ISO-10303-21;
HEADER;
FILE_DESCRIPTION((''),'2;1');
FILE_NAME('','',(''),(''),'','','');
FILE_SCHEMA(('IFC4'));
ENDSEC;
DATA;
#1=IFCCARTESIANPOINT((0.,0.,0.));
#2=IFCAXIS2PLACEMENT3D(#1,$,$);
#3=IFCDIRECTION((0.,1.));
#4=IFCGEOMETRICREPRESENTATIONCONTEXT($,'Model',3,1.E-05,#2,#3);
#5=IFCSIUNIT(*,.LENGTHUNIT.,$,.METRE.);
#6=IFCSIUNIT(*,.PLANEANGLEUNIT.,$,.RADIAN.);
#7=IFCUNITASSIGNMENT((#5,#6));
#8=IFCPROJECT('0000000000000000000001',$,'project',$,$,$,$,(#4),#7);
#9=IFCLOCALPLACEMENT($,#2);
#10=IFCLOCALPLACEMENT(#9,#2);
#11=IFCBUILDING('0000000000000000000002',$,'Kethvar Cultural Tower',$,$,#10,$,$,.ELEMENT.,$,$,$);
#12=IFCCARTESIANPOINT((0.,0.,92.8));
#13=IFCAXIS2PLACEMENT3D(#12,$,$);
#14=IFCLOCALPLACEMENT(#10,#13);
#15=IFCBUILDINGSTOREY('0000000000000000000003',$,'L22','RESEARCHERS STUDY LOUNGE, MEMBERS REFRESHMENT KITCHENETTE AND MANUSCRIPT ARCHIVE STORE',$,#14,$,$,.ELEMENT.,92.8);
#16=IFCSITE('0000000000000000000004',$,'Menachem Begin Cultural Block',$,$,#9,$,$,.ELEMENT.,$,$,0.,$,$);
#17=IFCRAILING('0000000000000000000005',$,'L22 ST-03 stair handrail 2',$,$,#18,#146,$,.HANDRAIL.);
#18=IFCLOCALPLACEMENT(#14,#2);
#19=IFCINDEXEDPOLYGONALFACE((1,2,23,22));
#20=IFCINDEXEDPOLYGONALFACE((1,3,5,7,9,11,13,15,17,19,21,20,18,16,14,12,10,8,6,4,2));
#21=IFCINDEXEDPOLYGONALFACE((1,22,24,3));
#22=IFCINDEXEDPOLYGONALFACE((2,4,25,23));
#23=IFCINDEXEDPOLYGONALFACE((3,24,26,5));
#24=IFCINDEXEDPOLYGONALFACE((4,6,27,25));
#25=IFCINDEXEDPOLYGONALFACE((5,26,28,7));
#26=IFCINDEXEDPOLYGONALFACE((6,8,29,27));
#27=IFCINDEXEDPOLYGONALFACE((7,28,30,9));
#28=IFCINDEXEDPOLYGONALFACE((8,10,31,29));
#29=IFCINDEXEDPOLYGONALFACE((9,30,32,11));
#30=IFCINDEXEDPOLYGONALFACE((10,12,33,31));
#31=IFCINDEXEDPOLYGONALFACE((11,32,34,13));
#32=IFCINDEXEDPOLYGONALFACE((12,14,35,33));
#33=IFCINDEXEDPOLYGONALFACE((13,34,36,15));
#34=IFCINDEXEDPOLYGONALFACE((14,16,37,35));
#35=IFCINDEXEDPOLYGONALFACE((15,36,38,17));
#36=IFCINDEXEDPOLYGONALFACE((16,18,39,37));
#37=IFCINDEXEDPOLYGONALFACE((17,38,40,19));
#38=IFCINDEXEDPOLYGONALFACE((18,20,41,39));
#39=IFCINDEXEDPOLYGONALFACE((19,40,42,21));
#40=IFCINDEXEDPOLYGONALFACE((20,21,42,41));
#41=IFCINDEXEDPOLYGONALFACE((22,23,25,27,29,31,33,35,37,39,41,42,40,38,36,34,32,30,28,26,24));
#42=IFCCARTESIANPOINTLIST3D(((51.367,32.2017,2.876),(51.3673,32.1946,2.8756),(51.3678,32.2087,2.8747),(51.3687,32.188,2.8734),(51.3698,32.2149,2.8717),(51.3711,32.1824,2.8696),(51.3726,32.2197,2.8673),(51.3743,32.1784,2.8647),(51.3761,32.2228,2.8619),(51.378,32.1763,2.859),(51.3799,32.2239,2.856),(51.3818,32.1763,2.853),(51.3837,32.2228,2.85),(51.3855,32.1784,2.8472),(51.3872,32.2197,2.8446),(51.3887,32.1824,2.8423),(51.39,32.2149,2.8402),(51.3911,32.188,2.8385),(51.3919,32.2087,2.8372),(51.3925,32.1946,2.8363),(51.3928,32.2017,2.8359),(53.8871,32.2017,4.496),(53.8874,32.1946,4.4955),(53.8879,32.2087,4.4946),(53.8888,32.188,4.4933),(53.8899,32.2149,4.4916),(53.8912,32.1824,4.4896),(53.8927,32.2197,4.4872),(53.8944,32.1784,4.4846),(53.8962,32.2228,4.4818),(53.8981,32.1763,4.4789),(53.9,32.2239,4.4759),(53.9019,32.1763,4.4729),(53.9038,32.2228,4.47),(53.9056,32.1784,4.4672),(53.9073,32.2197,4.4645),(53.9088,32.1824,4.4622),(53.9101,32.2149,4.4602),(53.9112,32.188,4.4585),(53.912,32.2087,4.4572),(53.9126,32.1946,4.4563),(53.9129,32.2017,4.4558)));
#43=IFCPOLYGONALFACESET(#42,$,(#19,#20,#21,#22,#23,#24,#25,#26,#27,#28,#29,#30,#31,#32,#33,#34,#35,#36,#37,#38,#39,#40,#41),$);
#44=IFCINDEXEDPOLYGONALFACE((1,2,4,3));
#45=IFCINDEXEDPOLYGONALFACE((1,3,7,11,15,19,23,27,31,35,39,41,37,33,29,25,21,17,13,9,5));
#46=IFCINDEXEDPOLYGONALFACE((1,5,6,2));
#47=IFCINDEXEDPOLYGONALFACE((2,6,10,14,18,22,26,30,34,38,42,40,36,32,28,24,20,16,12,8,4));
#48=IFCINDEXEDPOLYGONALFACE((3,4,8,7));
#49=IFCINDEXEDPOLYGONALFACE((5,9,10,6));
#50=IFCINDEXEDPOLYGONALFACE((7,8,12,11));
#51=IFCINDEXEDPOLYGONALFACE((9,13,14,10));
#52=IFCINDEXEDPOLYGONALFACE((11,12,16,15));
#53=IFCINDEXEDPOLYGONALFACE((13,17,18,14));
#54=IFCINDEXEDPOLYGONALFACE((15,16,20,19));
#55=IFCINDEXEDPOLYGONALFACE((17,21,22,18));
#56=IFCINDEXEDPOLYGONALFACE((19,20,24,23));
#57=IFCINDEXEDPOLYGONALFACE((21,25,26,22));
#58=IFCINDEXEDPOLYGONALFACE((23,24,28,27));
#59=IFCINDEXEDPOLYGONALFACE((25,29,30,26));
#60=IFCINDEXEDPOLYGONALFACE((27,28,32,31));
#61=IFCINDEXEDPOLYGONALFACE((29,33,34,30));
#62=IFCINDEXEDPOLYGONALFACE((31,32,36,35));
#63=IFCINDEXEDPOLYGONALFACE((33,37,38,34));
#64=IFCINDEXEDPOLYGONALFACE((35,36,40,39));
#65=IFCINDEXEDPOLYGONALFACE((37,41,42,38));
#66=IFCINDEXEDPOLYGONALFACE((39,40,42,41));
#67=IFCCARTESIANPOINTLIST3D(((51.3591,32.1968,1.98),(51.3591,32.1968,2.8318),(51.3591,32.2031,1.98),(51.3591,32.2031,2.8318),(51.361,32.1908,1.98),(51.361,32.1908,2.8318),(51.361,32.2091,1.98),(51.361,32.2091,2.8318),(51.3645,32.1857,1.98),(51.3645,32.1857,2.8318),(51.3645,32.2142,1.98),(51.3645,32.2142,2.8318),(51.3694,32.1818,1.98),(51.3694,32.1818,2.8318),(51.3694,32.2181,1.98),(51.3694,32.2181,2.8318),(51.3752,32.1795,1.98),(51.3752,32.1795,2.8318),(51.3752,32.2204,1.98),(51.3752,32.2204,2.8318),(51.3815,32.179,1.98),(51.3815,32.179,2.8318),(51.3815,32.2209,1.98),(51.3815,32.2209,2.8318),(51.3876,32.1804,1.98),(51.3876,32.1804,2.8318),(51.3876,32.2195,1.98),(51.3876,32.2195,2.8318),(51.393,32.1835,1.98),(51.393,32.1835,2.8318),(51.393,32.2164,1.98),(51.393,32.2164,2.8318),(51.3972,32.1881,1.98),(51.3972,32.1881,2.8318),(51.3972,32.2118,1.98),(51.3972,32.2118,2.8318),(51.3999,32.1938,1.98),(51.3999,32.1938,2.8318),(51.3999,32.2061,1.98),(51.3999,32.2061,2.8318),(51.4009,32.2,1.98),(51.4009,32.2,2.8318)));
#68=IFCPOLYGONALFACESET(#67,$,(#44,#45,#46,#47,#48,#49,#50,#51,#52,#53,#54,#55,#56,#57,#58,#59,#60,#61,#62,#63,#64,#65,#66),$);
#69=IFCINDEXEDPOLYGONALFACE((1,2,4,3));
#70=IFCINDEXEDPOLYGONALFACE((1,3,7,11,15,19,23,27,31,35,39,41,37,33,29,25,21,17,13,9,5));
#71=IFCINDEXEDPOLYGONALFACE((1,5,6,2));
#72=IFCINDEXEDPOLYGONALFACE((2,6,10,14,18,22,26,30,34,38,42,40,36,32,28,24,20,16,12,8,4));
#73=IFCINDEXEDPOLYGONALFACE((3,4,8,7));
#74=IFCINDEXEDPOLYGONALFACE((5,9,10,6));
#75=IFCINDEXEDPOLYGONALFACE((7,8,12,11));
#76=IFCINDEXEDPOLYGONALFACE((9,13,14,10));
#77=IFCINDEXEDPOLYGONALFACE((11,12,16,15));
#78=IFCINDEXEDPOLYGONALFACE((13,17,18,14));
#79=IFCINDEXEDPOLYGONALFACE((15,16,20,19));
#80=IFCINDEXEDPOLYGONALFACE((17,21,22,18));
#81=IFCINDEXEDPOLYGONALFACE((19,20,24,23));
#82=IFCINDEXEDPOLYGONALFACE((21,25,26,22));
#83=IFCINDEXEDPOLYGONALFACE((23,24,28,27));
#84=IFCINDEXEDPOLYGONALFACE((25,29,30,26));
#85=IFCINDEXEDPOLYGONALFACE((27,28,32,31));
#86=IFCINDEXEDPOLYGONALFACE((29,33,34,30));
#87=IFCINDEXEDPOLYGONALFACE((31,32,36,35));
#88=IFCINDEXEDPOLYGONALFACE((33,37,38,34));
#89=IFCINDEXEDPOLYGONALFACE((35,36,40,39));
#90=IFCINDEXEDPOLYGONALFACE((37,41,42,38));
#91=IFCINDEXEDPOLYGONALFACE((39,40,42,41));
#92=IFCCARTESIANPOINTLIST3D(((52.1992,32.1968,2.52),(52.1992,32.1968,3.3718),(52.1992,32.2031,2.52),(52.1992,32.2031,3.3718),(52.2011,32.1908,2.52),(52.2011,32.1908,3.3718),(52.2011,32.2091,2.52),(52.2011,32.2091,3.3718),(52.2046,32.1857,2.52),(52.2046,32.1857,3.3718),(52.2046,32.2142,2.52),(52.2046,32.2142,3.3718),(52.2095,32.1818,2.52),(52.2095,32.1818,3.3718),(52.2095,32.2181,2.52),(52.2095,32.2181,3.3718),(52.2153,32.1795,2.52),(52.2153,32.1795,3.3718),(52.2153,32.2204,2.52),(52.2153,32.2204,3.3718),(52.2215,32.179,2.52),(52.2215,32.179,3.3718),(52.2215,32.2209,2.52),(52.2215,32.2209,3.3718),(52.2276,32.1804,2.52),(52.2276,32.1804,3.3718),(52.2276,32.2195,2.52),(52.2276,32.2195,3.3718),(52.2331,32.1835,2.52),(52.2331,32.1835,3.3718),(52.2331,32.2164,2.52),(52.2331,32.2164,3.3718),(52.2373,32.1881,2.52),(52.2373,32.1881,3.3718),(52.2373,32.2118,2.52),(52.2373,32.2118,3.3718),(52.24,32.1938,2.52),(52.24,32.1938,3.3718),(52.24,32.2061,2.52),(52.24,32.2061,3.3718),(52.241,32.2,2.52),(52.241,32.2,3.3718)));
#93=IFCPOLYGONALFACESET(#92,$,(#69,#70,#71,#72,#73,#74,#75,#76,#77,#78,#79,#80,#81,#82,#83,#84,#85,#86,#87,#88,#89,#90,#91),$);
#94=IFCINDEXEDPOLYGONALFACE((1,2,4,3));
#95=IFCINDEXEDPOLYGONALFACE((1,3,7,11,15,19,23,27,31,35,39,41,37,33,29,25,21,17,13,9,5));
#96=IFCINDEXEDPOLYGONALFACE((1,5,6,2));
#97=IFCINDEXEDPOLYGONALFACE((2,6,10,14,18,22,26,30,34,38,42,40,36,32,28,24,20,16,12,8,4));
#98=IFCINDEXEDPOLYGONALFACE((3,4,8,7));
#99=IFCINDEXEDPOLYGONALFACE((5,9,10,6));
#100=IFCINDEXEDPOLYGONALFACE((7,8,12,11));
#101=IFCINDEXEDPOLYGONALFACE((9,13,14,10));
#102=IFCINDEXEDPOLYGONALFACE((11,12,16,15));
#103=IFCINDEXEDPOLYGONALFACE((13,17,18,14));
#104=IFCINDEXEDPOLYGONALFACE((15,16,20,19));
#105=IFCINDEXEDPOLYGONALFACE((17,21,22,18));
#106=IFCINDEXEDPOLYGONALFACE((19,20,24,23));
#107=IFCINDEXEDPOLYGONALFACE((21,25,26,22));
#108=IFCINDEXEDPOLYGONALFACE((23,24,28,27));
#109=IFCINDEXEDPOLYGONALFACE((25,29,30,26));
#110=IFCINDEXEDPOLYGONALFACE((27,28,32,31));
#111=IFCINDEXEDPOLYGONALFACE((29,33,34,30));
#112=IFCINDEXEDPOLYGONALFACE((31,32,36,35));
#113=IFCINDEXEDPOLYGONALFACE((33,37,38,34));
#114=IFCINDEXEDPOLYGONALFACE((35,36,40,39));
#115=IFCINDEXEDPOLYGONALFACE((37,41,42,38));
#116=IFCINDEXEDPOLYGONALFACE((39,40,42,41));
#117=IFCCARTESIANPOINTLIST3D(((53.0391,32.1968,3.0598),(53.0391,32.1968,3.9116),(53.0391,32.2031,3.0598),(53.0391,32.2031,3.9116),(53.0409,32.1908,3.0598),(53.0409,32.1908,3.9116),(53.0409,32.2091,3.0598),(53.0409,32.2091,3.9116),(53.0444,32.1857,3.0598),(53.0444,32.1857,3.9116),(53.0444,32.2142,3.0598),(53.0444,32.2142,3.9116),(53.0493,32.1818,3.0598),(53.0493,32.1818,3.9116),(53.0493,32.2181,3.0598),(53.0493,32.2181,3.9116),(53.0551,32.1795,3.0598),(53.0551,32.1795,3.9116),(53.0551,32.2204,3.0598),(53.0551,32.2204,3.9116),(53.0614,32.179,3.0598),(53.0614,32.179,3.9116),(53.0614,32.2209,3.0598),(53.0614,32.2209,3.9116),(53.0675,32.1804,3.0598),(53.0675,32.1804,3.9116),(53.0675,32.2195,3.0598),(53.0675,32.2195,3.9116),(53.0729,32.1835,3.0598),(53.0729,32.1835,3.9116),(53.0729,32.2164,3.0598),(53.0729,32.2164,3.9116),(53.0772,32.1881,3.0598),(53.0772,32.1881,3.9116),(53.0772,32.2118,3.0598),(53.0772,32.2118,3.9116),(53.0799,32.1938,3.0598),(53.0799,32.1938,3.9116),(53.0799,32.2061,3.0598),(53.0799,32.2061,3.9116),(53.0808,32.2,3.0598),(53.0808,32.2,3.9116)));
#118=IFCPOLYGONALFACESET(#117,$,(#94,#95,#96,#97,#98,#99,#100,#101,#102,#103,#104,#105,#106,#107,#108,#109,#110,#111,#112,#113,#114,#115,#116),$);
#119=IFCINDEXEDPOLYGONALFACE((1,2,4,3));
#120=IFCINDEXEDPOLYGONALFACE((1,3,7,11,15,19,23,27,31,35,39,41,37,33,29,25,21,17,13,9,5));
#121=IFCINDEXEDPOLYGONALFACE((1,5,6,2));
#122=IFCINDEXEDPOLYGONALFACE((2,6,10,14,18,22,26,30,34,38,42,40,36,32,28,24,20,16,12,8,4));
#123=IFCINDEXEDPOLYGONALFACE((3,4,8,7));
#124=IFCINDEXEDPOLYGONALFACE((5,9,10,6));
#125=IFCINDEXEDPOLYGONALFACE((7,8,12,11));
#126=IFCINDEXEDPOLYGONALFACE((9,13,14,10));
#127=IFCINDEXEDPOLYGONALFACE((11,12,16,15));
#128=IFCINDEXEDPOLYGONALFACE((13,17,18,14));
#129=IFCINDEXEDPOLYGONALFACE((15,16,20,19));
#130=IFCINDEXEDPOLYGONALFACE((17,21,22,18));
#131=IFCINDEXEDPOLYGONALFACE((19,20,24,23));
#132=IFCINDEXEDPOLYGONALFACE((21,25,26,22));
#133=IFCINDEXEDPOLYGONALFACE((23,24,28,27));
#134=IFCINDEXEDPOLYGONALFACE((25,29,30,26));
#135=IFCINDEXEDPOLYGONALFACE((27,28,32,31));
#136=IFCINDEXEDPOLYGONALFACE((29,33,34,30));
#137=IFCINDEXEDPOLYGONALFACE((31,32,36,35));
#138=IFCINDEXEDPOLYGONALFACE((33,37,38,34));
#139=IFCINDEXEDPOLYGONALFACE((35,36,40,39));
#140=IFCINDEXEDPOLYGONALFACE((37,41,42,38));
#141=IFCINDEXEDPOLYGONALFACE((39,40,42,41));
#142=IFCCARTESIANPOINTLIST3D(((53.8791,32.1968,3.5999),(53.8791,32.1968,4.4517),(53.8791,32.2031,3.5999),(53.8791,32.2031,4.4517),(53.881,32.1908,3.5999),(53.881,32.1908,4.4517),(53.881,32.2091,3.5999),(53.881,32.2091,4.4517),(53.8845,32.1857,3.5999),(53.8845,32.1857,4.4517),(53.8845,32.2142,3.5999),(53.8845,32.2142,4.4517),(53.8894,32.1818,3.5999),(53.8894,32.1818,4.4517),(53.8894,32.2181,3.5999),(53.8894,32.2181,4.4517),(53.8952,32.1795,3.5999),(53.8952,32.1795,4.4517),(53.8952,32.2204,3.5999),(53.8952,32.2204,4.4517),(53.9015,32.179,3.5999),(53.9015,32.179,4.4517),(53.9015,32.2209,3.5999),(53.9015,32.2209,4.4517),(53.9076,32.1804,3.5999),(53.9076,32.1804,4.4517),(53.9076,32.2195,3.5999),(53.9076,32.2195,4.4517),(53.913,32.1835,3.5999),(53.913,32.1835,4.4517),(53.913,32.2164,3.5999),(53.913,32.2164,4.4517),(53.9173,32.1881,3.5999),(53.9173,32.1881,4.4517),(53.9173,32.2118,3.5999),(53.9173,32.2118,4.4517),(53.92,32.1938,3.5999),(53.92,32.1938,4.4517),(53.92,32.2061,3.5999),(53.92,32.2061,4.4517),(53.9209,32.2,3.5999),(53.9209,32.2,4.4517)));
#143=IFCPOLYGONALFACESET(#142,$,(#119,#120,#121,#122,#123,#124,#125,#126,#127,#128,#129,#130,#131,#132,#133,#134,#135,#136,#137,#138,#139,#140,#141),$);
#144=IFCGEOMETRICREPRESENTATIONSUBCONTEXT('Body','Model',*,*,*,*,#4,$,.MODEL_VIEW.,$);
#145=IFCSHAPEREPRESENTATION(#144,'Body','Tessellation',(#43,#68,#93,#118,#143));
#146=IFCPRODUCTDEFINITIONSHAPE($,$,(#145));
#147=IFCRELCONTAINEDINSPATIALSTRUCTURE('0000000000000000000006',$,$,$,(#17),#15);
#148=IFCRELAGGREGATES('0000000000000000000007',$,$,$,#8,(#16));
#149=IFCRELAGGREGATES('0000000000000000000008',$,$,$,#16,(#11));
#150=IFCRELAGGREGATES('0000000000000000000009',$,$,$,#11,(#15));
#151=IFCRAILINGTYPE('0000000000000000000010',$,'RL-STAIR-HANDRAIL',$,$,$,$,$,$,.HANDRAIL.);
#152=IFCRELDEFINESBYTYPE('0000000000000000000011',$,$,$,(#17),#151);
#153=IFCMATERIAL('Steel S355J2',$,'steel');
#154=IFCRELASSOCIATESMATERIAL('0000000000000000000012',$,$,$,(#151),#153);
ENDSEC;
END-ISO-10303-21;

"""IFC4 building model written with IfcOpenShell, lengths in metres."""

from ifc_helpers import new_model, si_unit, direction, frame, origin, origin_2d, place, context, subcontext, project, spatial, circle, extrude, material, type_object, element, save


model = new_model("IFC4")

# Units and contexts
model_context = context("Model", 3, precision=1e-05, world=origin(), true_north=direction((0.0, 1.0)))
body_context = subcontext(model_context, "Body", "Model", "MODEL_VIEW")
ifc_project = project(units=[si_unit("LENGTHUNIT", "METRE"), si_unit("PLANEANGLEUNIT", "RADIAN")], contexts=[model_context])

# Site, building, storey
site_placement = place(None, origin())
site = spatial("IfcSite", under=ifc_project, at=site_placement, Name="Menachem Begin Cultural Block", CompositionType="ELEMENT", RefElevation=0.0)
building_placement = place(site_placement, origin())
building = spatial("IfcBuilding", under=site, at=building_placement, Name="Kethvar Cultural Tower", CompositionType="ELEMENT")
storey_placement = place(building_placement, frame((0.0, 0.0, 92.8)))
storey = spatial("IfcBuildingStorey", under=building, at=storey_placement, Name="L22", Description="RESEARCHERS STUDY LOUNGE, MEMBERS REFRESHMENT KITCHENETTE AND MANUSCRIPT ARCHIVE STORE", CompositionType="ELEMENT", Elevation=92.8)

# Shared definitions
ifc_material_1 = material(Name="Steel S355J2", Category="steel")

# Railing
railing_type_1 = type_object("IfcRailingType", Name="RL-STAIR-HANDRAIL", PredefinedType="HANDRAIL", material=ifc_material_1)
railing_1_placement = place(storey_placement, frame((51.3799, 32.2, 1.98)))
element("IfcRailing", 1, at=railing_1_placement, inside=storey, type_object=railing_type_1, Name="L22 ST-03 stair handrail 2", PredefinedType="HANDRAIL", context=body_context, shape_type="SweptSolid", body=[
    extrude(circle(Radius=0.0239, at=origin_2d()), frame((0.0, 0.0, 0.876), z_axis=(0.8412, 0.0, 0.540725), x_axis=(0.0, 1.0, 0.0)), (0.0, 0.0, 1.0), 2.9958),
    extrude(circle(Radius=0.021, at=origin_2d()), origin(), (0.0, 0.0, 1.0), 0.8518),
    extrude(circle(Radius=0.021, at=origin_2d()), frame((0.8401, 0.0, 0.54)), (0.0, 0.0, 1.0), 0.8518),
    extrude(circle(Radius=0.021, at=origin_2d()), frame((1.6799, 0.0, 1.0798)), (0.0, 0.0, 1.0), 0.8518),
    extrude(circle(Radius=0.021, at=origin_2d()), frame((2.52, 0.0, 1.6199)), (0.0, 0.0, 1.0), 0.8518),
])

save(model, "model.ifc")
